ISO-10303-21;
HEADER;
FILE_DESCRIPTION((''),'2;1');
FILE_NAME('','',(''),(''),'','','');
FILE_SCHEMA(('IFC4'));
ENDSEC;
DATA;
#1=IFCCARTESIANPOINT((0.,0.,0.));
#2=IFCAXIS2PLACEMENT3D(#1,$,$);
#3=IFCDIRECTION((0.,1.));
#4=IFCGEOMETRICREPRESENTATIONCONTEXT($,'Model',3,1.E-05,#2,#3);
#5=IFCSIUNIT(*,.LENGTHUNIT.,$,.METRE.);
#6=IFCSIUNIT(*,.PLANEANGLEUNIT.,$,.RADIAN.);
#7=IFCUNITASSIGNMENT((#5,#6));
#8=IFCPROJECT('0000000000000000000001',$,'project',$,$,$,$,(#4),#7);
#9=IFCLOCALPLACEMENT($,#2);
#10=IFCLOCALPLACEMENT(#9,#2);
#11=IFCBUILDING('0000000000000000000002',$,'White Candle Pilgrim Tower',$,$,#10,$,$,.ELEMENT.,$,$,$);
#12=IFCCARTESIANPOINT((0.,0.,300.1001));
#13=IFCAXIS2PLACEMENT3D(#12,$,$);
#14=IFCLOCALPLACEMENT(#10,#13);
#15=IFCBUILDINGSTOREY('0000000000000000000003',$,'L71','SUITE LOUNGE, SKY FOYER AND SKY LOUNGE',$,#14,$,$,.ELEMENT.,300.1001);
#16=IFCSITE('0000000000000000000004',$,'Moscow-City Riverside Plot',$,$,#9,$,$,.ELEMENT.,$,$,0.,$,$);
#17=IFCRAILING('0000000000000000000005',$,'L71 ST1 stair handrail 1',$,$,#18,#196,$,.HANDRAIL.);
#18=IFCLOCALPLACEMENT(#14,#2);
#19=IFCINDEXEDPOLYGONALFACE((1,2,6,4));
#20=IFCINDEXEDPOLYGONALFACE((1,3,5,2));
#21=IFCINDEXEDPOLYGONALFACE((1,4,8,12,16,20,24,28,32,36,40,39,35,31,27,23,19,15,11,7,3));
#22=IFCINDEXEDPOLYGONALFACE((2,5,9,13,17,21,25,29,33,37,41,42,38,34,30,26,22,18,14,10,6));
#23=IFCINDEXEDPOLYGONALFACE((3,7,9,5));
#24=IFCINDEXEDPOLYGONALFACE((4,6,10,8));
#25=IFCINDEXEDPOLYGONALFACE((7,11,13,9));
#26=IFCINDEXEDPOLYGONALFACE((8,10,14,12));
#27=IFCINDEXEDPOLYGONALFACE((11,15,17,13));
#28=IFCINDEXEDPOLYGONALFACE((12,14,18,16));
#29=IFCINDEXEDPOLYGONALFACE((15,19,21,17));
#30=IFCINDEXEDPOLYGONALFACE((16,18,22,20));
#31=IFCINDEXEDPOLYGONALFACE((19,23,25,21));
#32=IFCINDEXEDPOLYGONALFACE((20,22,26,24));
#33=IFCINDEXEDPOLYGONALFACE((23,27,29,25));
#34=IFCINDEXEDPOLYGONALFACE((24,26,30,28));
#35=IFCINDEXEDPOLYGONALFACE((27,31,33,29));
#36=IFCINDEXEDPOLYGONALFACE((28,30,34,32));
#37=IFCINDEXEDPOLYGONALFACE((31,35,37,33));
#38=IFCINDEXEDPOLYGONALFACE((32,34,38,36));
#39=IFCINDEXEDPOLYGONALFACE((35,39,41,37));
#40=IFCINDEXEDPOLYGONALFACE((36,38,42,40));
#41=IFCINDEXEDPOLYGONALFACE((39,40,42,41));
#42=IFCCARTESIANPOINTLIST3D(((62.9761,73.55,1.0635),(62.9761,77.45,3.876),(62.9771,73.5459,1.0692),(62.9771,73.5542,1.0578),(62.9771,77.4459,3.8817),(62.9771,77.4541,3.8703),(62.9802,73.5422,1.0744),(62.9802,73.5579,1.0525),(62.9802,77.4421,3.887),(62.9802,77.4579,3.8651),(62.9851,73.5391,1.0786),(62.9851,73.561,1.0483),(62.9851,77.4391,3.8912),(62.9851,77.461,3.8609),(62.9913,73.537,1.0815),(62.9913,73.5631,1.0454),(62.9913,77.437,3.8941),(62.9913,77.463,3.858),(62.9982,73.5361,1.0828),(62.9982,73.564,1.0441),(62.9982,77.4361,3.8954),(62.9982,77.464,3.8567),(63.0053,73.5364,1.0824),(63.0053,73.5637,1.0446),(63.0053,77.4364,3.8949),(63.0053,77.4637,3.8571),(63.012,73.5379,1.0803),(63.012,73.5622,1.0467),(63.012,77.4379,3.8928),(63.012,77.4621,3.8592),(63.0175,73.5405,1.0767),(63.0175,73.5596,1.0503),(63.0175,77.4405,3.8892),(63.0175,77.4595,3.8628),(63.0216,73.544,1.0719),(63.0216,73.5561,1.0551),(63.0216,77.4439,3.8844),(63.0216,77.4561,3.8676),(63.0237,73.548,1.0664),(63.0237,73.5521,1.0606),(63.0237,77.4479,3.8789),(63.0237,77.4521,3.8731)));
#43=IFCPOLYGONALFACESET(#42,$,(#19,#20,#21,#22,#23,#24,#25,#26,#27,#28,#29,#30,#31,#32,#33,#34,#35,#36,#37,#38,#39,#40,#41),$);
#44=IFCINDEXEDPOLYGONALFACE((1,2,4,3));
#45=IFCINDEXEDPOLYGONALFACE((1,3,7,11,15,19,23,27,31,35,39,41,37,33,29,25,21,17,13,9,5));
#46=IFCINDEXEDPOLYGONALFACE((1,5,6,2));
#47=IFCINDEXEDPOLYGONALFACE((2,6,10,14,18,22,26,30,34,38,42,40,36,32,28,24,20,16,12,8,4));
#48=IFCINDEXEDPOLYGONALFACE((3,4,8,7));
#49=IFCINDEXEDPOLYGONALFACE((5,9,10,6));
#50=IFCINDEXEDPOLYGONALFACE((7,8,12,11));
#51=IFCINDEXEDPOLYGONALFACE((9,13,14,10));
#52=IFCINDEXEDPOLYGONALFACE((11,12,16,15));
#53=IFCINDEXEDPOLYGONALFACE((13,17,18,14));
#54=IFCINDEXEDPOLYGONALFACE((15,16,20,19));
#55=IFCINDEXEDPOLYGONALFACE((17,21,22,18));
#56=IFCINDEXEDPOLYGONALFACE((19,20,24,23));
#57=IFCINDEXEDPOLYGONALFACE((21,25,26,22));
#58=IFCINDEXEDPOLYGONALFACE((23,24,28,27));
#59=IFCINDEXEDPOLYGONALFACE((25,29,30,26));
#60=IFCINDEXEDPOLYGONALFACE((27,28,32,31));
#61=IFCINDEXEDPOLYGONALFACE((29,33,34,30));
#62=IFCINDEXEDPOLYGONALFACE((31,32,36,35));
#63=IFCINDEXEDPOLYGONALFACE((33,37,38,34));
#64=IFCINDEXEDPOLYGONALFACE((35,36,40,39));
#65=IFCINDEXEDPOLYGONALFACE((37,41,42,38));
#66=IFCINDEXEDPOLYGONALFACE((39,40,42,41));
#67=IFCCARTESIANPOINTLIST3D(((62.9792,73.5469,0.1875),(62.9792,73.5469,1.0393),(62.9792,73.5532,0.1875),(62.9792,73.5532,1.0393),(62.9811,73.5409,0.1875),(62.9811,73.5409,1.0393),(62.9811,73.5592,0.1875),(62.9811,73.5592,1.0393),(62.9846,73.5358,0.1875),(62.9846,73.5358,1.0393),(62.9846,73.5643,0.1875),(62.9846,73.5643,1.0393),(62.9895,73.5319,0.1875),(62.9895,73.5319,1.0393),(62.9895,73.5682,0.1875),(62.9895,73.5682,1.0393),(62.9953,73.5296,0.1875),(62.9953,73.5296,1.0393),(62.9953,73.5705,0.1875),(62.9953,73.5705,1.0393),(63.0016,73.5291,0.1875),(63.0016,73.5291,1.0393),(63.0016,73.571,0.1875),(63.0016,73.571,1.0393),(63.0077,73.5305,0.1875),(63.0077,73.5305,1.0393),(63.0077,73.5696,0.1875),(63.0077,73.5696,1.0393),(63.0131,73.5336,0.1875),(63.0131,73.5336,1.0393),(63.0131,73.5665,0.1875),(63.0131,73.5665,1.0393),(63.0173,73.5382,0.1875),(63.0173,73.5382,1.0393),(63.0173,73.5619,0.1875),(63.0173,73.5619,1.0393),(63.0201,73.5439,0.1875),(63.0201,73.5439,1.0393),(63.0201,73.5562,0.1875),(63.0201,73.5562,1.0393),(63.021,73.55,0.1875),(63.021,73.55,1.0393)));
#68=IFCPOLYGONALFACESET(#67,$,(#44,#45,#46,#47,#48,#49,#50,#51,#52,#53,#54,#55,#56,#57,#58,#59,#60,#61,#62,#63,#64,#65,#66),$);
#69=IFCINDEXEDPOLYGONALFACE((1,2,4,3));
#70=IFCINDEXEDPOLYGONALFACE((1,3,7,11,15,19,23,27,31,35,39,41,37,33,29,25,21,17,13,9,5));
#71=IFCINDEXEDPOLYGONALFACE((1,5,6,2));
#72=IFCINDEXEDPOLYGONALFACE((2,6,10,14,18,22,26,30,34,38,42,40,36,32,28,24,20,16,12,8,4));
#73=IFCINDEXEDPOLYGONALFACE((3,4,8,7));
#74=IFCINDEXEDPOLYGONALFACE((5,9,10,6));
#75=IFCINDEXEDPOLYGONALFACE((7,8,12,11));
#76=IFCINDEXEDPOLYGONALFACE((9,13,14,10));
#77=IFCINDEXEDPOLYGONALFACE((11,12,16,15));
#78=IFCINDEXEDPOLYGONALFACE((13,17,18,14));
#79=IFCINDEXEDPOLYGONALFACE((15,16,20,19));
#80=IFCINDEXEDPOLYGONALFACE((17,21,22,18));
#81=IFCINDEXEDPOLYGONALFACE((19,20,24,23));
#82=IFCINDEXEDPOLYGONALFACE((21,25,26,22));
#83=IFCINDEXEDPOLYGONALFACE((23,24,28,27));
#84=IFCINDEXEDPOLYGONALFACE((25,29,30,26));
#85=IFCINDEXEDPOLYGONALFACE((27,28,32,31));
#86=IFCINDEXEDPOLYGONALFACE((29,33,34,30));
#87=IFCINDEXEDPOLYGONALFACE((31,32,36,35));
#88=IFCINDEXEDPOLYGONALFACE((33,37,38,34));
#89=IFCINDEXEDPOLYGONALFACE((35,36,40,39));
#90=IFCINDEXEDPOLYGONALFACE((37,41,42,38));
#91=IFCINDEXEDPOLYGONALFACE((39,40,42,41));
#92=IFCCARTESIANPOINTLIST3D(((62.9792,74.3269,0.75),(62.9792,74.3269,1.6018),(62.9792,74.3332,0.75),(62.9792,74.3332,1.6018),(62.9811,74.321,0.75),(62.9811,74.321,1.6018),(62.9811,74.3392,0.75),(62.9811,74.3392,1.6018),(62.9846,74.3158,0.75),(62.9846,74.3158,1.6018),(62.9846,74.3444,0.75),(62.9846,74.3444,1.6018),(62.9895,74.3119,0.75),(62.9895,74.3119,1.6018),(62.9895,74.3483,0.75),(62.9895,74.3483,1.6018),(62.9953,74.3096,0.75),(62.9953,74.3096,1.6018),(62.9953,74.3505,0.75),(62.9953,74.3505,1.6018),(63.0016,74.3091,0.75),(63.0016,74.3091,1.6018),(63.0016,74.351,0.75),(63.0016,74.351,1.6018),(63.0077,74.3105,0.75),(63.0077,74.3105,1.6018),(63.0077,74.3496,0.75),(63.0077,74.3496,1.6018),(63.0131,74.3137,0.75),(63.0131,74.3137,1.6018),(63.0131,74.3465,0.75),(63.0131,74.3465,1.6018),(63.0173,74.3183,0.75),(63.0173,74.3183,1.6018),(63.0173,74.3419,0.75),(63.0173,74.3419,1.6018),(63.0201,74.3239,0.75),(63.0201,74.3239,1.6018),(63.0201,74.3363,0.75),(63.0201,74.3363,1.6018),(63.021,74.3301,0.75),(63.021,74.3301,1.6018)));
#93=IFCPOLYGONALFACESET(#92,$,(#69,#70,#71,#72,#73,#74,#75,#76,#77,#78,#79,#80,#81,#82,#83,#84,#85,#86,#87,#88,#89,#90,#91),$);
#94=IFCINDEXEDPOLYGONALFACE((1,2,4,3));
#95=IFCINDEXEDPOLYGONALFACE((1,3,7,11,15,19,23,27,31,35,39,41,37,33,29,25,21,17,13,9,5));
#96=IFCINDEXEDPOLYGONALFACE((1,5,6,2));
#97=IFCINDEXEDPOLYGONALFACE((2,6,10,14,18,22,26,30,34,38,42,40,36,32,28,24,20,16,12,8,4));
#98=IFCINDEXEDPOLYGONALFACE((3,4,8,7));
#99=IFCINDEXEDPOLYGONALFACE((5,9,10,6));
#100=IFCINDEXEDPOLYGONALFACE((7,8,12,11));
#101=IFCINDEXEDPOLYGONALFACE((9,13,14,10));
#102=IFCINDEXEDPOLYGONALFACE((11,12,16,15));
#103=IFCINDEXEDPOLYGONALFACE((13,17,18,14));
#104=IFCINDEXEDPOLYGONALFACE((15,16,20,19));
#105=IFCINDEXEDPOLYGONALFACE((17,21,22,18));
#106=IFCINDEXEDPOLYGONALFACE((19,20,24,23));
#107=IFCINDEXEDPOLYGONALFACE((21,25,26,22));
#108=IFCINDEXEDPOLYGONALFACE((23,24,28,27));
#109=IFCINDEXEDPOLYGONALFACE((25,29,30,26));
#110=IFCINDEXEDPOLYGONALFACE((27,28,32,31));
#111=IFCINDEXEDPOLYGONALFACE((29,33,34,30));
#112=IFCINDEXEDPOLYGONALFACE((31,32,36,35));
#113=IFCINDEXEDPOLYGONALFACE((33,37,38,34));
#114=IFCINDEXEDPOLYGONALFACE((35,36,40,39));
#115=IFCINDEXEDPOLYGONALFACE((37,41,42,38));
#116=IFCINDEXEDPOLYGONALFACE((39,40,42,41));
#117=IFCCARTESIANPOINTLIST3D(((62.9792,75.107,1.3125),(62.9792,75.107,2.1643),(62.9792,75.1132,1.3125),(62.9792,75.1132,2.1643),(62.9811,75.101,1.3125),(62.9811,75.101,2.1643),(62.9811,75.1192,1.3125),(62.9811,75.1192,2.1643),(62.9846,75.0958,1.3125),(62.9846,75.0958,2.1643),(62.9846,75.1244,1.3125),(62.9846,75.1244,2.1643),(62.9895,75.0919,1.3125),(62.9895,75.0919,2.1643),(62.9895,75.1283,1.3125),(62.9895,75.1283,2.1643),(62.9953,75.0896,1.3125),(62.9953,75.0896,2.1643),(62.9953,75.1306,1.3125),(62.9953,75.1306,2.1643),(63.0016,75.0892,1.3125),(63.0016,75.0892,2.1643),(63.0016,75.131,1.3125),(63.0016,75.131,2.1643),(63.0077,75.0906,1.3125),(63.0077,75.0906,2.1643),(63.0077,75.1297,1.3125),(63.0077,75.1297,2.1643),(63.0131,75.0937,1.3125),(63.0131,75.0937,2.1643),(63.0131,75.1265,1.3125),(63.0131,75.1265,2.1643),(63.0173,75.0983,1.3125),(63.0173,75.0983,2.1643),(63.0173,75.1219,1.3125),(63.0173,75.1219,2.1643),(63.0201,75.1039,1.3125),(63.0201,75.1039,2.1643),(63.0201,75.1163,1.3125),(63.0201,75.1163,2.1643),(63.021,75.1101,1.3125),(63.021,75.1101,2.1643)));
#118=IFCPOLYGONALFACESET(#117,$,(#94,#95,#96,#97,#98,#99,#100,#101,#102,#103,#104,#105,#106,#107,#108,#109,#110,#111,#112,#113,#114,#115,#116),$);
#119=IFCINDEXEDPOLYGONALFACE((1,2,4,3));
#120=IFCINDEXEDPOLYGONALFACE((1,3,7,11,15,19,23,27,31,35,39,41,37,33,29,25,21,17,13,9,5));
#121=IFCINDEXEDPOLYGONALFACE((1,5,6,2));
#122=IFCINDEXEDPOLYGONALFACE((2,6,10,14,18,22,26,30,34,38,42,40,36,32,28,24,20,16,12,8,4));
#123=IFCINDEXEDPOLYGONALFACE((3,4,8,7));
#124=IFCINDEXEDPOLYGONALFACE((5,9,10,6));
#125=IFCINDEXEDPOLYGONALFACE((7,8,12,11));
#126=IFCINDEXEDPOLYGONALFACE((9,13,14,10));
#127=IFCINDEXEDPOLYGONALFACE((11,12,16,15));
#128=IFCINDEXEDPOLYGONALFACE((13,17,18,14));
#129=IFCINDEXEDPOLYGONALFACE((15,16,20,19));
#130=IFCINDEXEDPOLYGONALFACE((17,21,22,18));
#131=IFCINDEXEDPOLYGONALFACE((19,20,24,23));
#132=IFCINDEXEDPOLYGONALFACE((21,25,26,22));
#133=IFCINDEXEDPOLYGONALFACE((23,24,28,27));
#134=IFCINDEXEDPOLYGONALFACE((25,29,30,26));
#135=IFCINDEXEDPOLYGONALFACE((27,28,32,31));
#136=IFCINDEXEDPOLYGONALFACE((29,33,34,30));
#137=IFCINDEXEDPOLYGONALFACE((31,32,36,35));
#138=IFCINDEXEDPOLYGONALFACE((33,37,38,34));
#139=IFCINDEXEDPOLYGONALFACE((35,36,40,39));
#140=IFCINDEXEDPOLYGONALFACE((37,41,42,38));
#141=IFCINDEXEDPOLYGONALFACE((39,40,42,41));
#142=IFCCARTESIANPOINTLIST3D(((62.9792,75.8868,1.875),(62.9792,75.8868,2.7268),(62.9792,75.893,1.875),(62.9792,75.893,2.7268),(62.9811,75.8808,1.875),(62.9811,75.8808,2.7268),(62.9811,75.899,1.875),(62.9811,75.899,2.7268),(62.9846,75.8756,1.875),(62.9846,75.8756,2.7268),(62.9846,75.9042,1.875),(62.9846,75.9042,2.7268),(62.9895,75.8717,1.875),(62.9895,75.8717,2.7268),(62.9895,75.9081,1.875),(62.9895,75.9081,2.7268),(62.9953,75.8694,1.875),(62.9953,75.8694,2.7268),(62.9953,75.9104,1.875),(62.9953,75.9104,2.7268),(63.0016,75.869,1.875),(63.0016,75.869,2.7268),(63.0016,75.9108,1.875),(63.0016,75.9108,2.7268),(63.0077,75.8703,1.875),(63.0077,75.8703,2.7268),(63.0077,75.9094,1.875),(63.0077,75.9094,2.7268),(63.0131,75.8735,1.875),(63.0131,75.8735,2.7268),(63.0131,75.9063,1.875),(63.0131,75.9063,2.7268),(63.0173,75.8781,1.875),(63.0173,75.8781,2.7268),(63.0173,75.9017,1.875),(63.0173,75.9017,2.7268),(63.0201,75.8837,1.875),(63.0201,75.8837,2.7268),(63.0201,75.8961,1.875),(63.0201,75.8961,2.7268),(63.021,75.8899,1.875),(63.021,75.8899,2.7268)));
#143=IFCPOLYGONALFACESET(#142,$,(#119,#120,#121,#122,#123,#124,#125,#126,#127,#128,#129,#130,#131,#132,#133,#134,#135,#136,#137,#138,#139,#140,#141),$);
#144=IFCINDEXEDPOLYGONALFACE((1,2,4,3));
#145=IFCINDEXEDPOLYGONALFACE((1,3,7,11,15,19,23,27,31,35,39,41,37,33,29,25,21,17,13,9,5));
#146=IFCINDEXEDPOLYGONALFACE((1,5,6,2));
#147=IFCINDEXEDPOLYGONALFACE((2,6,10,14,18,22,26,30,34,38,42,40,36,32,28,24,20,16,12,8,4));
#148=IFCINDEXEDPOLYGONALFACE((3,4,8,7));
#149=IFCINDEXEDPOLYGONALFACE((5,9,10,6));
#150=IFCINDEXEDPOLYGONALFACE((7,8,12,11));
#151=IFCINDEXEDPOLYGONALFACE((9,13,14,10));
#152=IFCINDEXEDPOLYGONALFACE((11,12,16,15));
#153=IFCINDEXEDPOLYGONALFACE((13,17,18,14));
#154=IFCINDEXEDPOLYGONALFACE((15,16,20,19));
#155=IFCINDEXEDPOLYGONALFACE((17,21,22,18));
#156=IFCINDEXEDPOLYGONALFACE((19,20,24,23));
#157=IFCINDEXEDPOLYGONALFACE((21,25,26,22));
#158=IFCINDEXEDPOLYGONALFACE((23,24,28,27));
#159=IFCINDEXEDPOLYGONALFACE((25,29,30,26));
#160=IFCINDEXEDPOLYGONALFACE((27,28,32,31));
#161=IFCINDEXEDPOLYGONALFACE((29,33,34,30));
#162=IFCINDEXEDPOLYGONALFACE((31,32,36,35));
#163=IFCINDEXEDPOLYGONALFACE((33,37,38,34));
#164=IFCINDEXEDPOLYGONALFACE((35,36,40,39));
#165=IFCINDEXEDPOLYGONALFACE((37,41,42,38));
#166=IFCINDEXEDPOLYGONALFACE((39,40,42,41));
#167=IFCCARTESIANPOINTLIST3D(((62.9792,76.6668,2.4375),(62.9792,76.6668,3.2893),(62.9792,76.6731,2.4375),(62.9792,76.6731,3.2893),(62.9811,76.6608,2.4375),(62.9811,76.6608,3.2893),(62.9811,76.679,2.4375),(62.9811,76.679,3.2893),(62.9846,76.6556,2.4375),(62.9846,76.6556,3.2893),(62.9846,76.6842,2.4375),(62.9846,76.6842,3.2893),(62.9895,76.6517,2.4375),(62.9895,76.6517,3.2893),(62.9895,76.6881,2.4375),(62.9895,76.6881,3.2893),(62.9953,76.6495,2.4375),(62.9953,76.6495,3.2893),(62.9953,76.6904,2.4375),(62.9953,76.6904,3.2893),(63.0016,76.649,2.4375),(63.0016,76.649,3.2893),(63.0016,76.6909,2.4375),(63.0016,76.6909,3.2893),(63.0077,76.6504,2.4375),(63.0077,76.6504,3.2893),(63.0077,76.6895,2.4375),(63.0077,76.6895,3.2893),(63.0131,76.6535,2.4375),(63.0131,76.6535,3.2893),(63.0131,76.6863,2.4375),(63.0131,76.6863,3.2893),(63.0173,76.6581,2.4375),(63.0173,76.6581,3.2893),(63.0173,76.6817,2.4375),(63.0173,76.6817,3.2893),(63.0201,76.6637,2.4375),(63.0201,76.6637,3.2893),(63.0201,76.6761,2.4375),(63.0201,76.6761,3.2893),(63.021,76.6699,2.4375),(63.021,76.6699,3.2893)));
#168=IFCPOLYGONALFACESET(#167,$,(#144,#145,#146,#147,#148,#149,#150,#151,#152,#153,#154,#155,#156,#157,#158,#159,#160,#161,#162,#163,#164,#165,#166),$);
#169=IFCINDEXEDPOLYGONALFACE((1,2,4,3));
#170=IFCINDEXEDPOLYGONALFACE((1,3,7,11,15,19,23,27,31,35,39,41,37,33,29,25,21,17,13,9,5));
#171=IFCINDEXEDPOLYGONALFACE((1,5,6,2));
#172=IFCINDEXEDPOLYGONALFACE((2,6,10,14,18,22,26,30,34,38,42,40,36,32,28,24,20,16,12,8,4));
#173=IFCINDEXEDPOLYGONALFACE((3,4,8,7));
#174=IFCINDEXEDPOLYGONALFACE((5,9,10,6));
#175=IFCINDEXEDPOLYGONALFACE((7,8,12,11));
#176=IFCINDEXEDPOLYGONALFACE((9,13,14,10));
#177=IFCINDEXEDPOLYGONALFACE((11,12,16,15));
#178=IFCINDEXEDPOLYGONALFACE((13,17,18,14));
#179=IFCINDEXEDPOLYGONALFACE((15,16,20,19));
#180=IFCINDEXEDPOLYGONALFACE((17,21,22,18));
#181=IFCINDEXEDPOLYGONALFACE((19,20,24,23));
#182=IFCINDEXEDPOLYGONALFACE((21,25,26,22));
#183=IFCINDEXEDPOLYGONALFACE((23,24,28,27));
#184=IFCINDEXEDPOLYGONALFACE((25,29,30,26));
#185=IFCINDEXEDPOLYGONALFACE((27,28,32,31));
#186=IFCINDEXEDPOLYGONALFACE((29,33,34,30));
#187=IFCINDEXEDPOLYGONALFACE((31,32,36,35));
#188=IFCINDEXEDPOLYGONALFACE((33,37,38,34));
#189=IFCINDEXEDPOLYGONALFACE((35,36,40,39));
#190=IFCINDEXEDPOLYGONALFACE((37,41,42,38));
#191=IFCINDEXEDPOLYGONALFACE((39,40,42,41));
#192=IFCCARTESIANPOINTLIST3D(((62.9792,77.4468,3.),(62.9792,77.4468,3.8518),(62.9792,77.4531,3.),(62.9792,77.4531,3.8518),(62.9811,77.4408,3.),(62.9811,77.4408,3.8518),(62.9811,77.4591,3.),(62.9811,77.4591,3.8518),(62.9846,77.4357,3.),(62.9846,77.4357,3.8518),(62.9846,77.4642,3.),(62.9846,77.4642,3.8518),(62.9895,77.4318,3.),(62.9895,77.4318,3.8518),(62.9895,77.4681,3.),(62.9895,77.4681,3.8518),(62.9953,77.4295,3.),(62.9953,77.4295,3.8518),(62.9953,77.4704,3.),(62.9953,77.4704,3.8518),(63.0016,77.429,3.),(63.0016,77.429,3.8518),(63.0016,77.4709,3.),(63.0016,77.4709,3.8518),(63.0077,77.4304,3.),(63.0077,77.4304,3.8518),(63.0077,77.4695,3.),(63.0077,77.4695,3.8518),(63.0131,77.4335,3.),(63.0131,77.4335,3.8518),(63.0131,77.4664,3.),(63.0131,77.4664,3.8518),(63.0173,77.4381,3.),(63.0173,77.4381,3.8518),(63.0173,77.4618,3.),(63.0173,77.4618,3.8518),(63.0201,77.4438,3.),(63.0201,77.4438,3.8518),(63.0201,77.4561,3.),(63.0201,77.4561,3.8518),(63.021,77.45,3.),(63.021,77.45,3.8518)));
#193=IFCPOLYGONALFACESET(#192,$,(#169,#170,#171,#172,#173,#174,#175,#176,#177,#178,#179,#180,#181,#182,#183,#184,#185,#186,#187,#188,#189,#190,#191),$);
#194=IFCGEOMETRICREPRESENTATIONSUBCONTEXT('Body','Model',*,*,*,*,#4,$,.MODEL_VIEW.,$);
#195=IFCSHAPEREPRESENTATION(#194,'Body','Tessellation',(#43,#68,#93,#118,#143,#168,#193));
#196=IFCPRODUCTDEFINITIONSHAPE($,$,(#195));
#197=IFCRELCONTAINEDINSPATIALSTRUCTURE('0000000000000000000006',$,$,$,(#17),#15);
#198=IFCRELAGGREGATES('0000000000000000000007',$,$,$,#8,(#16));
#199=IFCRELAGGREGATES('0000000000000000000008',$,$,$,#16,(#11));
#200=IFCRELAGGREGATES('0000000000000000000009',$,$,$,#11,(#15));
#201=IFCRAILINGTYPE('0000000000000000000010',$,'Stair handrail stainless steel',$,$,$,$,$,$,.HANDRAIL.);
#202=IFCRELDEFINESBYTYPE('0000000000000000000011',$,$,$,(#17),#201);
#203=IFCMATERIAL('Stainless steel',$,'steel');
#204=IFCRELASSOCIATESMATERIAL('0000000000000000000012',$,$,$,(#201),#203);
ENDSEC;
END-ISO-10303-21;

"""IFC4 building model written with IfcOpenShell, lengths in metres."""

from ifc_helpers import new_model, si_unit, direction, frame, origin, origin_2d, place, context, subcontext, project, spatial, circle, extrude, material, type_object, element, save


model = new_model("IFC4")

# Units and contexts
model_context = context("Model", 3, precision=1e-05, world=origin(), true_north=direction((0.0, 1.0)))
body_context = subcontext(model_context, "Body", "Model", "MODEL_VIEW")
ifc_project = project(units=[si_unit("LENGTHUNIT", "METRE"), si_unit("PLANEANGLEUNIT", "RADIAN")], contexts=[model_context])

# Site, building, storey
site_placement = place(None, origin())
site = spatial("IfcSite", under=ifc_project, at=site_placement, Name="Moscow-City Riverside Plot", CompositionType="ELEMENT", RefElevation=0.0)
building_placement = place(site_placement, origin())
building = spatial("IfcBuilding", under=site, at=building_placement, Name="White Candle Pilgrim Tower", CompositionType="ELEMENT")
storey_placement = place(building_placement, frame((0.0, 0.0, 300.1001)))
storey = spatial("IfcBuildingStorey", under=building, at=storey_placement, Name="L71", Description="SUITE LOUNGE, SKY FOYER AND SKY LOUNGE", CompositionType="ELEMENT", Elevation=300.1001)

# Railing
ifc_material_1 = material(Name="Stainless steel", Category="steel")
railing_type_1 = type_object("IfcRailingType", Name="Stair handrail stainless steel", PredefinedType="HANDRAIL", material=ifc_material_1)
railing_1_placement = place(storey_placement, frame((63.0, 73.55, 0.1875)))
element("IfcRailing", 1, at=railing_1_placement, inside=storey, type_object=railing_type_1, Name="L71 ST1 stair handrail 1", PredefinedType="HANDRAIL", context=body_context, shape_type="SweptSolid", body=[
    extrude(circle(Radius=0.0239, at=origin_2d()), frame((0.0, 0.0, 0.876), z_axis=(0.0, 0.811083, 0.584931), x_axis=(-1.0, 0.0, 0.0)), (0.0, 0.0, 1.0), 4.8083),
    extrude(circle(Radius=0.021, at=origin_2d()), origin(), (0.0, 0.0, 1.0), 0.8518),
    extrude(circle(Radius=0.021, at=origin_2d()), frame((0.0, 0.78, 0.5625)), (0.0, 0.0, 1.0), 0.8518),
    extrude(circle(Radius=0.021, at=origin_2d()), frame((0.0, 1.5601, 1.125)), (0.0, 0.0, 1.0), 0.8518),
    extrude(circle(Radius=0.021, at=origin_2d()), frame((0.0, 2.3398, 1.6875)), (0.0, 0.0, 1.0), 0.8518),
    extrude(circle(Radius=0.021, at=origin_2d()), frame((0.0, 3.1199, 2.25)), (0.0, 0.0, 1.0), 0.8518),
    extrude(circle(Radius=0.021, at=origin_2d()), frame((0.0, 3.8999, 2.8125)), (0.0, 0.0, 1.0), 0.8518),
])

save(model, "model.ifc")
